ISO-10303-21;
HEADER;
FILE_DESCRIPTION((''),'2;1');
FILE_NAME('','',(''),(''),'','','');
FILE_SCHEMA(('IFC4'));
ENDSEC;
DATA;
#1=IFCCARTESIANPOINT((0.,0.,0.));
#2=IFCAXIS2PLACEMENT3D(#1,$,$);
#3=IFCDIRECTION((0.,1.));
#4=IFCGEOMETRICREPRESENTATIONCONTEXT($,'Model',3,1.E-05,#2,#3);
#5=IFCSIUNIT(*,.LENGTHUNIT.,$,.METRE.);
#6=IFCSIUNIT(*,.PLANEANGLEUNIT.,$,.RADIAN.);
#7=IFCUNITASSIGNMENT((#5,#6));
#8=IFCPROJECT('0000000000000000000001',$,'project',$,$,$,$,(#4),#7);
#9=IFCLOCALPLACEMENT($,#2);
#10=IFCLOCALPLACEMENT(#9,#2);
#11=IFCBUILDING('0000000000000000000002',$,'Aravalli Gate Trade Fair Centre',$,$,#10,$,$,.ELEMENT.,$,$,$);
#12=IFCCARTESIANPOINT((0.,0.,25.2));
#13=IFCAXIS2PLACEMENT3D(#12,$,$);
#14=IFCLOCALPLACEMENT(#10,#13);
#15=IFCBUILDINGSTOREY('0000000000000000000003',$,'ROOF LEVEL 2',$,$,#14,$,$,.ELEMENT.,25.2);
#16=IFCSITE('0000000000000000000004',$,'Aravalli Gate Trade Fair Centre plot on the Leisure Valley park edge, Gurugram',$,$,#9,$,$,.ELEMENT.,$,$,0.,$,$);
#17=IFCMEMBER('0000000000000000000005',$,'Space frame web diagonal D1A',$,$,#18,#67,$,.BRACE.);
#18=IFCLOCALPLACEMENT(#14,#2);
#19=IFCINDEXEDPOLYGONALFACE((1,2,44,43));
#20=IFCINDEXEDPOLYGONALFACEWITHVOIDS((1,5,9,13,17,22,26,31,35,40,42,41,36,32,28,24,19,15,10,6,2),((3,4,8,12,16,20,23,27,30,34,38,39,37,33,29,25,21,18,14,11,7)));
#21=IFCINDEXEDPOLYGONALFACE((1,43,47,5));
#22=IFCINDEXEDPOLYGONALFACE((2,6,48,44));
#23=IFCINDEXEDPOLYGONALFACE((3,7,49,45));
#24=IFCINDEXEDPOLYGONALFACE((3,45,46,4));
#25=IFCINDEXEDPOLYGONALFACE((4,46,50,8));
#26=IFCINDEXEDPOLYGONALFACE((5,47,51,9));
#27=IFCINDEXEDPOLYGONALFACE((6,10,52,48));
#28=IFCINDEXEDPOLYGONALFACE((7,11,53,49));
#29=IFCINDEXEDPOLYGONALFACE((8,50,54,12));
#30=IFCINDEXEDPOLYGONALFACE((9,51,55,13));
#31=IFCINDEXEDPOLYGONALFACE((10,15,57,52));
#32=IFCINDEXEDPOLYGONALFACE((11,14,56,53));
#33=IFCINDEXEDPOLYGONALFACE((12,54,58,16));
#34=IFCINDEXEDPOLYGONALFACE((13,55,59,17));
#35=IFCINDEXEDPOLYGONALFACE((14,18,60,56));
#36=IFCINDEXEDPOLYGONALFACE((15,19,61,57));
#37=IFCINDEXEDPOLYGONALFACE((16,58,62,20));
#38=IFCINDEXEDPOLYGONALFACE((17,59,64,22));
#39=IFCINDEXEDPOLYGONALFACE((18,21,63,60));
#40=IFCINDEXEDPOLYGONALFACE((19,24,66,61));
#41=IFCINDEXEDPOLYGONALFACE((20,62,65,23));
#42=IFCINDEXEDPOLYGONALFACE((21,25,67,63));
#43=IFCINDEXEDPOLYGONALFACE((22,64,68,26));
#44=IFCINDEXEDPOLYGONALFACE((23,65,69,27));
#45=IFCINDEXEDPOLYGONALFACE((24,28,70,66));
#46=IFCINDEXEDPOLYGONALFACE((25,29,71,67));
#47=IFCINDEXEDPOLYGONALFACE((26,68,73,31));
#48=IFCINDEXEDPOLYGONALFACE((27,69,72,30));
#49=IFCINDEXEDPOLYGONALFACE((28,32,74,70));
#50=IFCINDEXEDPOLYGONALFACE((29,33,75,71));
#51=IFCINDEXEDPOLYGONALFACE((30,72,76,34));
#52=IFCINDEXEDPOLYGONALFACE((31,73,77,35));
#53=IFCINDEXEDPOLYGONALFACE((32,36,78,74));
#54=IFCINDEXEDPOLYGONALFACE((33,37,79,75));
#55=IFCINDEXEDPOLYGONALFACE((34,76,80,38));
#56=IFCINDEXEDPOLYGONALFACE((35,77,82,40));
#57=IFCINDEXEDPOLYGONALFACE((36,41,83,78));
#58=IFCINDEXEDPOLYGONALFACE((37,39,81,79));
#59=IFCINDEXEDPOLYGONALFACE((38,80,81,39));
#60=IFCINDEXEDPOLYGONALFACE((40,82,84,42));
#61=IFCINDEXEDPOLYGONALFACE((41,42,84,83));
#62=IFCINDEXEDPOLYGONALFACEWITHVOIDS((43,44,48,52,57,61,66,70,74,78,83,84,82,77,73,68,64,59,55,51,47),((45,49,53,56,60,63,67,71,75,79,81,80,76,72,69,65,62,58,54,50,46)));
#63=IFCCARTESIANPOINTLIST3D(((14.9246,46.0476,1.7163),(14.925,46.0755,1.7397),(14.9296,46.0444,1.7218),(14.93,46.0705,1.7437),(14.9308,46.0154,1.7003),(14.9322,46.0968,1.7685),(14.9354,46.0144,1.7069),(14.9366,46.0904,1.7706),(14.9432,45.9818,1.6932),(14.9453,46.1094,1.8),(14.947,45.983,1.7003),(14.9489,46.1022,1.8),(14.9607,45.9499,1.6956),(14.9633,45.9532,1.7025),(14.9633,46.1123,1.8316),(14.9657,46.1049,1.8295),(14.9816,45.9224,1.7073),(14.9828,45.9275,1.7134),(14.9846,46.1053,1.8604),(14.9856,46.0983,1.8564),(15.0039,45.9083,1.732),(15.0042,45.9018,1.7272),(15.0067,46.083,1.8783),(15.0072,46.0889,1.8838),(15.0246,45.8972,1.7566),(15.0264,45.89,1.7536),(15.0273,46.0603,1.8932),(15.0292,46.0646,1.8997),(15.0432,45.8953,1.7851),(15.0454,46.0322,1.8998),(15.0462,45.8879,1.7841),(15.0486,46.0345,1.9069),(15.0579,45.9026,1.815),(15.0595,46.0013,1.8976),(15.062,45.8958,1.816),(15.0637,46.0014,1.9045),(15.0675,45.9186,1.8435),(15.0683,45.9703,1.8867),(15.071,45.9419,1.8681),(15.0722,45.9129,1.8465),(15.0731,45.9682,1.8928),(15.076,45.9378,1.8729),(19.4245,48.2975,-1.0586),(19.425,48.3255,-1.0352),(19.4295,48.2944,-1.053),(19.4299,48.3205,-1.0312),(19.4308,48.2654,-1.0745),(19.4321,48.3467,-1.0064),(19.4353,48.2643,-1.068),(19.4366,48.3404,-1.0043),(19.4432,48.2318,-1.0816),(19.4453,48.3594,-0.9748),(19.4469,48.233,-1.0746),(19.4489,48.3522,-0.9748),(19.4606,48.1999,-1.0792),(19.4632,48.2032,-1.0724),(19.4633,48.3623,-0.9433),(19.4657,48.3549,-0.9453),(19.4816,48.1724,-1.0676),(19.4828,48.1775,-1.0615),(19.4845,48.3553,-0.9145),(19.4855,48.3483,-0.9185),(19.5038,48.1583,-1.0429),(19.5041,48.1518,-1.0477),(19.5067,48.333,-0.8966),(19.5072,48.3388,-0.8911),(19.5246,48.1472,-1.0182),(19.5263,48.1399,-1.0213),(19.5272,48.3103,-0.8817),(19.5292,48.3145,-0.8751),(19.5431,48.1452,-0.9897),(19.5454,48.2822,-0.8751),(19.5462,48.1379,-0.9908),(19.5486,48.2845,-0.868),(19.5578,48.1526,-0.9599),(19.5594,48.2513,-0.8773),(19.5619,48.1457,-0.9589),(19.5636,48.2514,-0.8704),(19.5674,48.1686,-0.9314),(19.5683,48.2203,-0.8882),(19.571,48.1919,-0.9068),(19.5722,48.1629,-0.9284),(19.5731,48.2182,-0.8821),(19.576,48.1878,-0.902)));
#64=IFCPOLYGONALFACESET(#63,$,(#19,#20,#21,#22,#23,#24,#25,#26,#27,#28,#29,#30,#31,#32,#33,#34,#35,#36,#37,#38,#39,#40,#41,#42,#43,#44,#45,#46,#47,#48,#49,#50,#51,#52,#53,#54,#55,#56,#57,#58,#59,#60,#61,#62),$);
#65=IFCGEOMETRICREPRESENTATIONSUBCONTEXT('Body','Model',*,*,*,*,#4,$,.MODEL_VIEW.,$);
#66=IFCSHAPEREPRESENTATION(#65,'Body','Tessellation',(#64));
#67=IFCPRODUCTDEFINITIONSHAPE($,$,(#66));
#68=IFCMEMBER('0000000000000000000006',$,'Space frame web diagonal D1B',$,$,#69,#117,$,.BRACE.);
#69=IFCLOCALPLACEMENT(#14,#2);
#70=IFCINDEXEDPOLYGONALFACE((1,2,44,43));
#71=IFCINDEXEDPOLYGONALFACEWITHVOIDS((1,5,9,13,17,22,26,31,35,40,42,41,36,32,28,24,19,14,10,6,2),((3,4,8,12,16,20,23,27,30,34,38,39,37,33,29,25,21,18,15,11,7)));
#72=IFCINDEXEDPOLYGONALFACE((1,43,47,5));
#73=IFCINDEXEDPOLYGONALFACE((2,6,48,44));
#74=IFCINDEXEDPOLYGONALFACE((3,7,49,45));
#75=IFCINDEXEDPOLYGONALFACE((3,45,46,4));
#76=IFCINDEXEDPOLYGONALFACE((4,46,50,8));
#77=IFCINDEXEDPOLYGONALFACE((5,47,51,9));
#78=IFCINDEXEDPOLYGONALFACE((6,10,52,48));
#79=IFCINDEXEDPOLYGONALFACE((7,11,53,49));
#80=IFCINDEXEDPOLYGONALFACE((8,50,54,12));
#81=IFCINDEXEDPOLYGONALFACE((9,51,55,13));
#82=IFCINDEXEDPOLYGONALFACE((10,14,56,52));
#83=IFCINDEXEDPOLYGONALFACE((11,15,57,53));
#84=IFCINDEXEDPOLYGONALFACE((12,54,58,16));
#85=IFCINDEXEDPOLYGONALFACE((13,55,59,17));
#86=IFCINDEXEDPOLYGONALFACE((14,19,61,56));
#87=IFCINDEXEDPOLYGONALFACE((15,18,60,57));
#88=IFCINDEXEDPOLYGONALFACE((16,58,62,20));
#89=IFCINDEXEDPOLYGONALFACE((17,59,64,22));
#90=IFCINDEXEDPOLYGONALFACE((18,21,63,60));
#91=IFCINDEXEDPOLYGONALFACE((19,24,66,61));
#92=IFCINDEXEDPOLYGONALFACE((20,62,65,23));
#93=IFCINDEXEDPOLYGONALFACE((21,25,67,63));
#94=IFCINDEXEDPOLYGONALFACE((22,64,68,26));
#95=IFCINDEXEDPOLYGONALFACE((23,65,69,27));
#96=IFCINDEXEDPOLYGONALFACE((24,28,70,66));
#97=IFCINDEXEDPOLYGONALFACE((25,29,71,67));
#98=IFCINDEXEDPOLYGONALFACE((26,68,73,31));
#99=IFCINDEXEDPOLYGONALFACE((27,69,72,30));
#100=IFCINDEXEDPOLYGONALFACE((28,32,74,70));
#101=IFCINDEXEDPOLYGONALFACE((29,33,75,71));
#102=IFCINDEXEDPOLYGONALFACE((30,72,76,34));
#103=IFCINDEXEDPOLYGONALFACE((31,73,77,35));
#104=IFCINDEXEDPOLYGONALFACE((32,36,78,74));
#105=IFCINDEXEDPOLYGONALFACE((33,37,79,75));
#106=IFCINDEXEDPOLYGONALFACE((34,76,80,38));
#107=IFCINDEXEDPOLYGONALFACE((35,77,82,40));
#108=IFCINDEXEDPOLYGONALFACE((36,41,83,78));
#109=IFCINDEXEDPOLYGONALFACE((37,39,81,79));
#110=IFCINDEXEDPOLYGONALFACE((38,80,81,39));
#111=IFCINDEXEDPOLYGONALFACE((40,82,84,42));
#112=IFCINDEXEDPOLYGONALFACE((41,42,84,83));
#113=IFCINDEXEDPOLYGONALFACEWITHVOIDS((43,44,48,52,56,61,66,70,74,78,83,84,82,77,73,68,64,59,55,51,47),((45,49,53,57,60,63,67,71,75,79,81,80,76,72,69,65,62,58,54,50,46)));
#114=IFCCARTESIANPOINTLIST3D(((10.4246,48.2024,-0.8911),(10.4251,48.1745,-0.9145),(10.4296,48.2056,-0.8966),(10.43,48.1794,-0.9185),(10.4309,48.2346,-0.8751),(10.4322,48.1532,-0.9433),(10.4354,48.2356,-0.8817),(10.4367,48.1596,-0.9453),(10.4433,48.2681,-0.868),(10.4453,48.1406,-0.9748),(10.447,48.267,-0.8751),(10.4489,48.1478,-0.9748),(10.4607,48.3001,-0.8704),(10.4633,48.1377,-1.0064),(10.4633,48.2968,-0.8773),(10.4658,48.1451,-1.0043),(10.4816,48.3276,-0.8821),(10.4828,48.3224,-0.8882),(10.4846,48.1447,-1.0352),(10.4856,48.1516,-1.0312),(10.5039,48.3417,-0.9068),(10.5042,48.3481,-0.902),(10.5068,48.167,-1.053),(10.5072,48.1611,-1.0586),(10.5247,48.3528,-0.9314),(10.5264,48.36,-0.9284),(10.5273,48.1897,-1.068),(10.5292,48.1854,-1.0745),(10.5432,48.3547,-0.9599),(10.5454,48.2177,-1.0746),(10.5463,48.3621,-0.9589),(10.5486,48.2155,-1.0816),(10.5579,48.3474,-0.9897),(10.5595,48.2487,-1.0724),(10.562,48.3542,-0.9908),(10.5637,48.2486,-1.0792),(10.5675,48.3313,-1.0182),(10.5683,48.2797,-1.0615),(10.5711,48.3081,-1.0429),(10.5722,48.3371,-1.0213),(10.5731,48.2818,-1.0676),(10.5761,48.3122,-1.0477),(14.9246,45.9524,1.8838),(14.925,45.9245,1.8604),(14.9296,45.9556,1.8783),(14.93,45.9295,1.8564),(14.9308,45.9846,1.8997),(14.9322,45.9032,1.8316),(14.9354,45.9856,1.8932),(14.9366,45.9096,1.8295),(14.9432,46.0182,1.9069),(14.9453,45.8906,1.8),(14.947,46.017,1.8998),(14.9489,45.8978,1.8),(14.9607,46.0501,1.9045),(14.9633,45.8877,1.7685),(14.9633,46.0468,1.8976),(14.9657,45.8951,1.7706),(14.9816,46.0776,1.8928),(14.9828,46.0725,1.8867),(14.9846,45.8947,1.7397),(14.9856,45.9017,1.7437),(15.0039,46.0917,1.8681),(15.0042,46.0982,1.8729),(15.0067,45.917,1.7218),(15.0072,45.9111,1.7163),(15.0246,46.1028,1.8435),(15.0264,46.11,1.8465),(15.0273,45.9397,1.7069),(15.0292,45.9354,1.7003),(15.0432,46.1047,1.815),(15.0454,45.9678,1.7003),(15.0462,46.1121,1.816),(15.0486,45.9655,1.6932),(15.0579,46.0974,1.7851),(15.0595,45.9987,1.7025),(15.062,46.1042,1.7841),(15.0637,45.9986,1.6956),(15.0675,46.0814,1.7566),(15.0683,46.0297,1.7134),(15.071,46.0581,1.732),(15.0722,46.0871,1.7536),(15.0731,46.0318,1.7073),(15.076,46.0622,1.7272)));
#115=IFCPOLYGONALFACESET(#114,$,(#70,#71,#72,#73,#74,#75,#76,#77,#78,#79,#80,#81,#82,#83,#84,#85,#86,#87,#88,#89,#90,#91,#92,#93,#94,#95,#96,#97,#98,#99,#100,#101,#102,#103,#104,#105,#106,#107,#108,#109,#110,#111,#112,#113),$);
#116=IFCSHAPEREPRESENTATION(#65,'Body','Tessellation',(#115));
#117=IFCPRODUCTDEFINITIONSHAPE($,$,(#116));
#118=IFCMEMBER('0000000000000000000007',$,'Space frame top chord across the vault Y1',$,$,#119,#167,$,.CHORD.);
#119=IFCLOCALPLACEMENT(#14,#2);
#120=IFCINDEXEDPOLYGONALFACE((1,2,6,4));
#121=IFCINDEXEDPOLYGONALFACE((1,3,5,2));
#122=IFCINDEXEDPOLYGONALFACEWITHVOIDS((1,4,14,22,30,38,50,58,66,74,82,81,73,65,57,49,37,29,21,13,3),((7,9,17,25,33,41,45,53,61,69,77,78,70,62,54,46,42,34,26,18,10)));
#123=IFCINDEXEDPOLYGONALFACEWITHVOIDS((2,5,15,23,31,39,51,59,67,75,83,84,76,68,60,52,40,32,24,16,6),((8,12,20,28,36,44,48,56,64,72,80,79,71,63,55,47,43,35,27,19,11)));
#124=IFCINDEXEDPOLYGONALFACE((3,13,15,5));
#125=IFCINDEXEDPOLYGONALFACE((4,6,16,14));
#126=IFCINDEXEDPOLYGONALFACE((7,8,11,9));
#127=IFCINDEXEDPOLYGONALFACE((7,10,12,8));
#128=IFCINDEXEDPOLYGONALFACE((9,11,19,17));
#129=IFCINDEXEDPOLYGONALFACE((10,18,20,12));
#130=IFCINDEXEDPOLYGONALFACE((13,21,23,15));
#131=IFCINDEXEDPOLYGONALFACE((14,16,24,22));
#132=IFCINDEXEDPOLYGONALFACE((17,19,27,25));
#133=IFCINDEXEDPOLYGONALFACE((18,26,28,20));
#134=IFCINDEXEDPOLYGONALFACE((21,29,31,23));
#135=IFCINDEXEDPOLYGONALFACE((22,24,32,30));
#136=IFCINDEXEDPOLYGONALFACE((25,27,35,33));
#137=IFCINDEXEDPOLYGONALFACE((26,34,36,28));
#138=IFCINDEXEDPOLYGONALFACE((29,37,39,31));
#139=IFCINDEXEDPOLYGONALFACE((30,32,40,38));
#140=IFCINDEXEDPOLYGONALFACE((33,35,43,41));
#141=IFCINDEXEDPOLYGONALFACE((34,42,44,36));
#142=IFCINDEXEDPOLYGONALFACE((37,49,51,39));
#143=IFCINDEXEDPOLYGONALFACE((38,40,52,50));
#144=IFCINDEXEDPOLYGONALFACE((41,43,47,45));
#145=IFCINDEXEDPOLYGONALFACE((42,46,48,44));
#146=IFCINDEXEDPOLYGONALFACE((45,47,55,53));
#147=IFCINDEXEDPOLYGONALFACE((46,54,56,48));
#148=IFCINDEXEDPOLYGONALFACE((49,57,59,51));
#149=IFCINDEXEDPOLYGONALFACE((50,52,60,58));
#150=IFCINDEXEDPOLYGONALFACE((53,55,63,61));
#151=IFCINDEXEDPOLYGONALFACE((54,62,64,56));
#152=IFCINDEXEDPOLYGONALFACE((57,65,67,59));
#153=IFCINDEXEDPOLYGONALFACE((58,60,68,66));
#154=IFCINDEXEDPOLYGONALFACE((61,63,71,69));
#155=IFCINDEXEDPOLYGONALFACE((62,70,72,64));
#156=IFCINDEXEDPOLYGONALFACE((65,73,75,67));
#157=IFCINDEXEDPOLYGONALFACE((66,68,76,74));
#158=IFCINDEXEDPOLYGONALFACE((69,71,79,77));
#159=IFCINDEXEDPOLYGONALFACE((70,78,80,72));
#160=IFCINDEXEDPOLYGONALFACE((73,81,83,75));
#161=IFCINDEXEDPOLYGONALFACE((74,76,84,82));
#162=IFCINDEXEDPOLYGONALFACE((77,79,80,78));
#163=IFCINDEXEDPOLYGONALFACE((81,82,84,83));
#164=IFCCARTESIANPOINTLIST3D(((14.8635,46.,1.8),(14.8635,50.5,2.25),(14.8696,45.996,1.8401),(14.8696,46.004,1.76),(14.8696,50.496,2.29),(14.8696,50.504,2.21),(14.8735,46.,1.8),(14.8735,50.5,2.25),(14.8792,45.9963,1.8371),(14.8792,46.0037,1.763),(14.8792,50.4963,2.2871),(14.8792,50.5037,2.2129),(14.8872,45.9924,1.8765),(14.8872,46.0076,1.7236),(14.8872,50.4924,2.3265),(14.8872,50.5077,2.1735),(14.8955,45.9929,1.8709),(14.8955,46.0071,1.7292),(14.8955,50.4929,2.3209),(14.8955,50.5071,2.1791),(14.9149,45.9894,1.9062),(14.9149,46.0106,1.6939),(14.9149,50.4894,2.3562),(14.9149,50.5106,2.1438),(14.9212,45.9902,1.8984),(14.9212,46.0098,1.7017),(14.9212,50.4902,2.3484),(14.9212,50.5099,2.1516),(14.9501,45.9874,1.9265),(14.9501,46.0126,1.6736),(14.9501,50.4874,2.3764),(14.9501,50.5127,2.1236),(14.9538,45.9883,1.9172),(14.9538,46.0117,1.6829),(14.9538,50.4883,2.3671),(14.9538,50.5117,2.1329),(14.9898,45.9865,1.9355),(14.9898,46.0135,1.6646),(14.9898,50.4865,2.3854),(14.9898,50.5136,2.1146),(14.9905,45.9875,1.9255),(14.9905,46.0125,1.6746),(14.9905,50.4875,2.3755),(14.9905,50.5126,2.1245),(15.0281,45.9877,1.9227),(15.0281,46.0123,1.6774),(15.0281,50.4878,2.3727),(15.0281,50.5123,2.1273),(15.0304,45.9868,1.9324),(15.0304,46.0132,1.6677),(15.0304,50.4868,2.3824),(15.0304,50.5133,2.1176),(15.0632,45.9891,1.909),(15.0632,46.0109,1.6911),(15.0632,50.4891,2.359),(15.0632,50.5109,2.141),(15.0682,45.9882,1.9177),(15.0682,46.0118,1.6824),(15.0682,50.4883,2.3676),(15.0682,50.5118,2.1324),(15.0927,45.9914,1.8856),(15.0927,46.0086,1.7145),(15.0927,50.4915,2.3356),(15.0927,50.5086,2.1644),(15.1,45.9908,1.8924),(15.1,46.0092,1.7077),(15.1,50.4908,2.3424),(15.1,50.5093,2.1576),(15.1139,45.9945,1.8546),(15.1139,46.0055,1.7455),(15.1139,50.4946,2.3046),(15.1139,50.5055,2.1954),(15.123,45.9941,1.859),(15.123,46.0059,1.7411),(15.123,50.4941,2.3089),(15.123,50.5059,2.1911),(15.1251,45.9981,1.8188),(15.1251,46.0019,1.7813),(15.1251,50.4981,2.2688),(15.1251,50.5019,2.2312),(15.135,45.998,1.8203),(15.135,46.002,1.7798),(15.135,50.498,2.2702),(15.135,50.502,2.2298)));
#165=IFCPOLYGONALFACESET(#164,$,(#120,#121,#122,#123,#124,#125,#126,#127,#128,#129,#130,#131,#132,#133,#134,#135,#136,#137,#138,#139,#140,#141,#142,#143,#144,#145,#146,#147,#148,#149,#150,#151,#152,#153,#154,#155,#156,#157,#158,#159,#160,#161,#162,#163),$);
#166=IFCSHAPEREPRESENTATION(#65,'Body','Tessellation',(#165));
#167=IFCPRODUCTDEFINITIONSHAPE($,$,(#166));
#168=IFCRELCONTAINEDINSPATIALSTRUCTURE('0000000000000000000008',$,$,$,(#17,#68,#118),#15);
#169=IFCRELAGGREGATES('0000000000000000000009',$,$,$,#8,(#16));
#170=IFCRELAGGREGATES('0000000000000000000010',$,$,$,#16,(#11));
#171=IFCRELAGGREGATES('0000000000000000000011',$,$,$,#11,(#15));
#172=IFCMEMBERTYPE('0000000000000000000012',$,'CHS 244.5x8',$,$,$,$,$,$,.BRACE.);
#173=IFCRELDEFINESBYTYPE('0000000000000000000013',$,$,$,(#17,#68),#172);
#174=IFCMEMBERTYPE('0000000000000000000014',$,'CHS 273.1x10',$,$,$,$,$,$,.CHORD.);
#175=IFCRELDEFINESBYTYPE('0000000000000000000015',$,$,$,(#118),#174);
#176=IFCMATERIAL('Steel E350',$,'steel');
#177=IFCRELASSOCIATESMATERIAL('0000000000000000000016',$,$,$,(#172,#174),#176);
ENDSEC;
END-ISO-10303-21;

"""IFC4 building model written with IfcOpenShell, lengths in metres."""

from ifc_helpers import new_model, si_unit, direction, frame, origin, origin_2d, place, context, subcontext, project, spatial, hollow_circle, extrude, material, material_profile, profile_set, type_object, element, save


model = new_model("IFC4")

# Units and contexts
model_context = context("Model", 3, precision=1e-05, world=origin(), true_north=direction((0.0, 1.0)))
body_context = subcontext(model_context, "Body", "Model", "MODEL_VIEW")
ifc_project = project(units=[si_unit("LENGTHUNIT", "METRE"), si_unit("PLANEANGLEUNIT", "RADIAN")], contexts=[model_context])

# Site, building, storey
site_placement = place(None, origin())
site = spatial("IfcSite", under=ifc_project, at=site_placement, Name="Aravalli Gate Trade Fair Centre plot on the Leisure Valley park edge, Gurugram", CompositionType="ELEMENT", RefElevation=0.0)
building_placement = place(site_placement, origin())
building = spatial("IfcBuilding", under=site, at=building_placement, Name="Aravalli Gate Trade Fair Centre", CompositionType="ELEMENT")
storey_placement = place(building_placement, frame((0.0, 0.0, 25.2)))
storey = spatial("IfcBuildingStorey", under=building, at=storey_placement, Name="ROOF LEVEL 2", CompositionType="ELEMENT", Elevation=25.2)

# Members
ifc_material_1 = material(Name="Steel E350", Category="steel")
ifc_material_profile_1 = material_profile(ifc_material_1, hollow_circle(Radius=0.1223, WallThickness=0.0081, at=origin_2d()), Name="CHS 244.5x8")
ifc_profile_set_1 = profile_set([ifc_material_profile_1], Name="Steel E350")
member_type_1 = type_object("IfcMemberType", Name="CHS 244.5x8", PredefinedType="BRACE", material=ifc_profile_set_1)
for number, where, z_axis, x_axis, name in (
    (1, (15.0, 46.0, 1.8), (0.7832, 0.3916, -0.482956), (-0.447214, 0.894427, 0.0), "Space frame web diagonal D1A"),
    (2, (15.0, 46.0, 1.8), (-0.7832, 0.3916, -0.482956), (-0.447214, -0.894427, 0.0), "Space frame web diagonal D1B"),
):
    element("IfcMember", number, at=place(storey_placement, frame(where, z_axis=z_axis, x_axis=x_axis)), inside=storey, type_object=member_type_1, Name=name, PredefinedType="BRACE", context=body_context, shape_type="SweptSolid", body=[
        extrude(hollow_circle(Radius=0.1223, WallThickness=0.0081, at=origin_2d()), origin(), (0.0, 0.0, 1.0), 5.7456),
    ])
ifc_material_profile_2 = material_profile(ifc_material_1, hollow_circle(Radius=0.1365, WallThickness=0.01, at=origin_2d()), Name="CHS 273.1x10")
ifc_profile_set_2 = profile_set([ifc_material_profile_2], Name="Steel E350")
member_type_2 = type_object("IfcMemberType", Name="CHS 273.1x10", PredefinedType="CHORD", material=ifc_profile_set_2)
member_1_placement = place(storey_placement, frame((15.0, 46.0, 1.8), z_axis=(0.0, 0.995038, 0.099493), x_axis=(-1.0, 0.0, 0.0)))
element("IfcMember", 3, at=member_1_placement, inside=storey, type_object=member_type_2, Name="Space frame top chord across the vault Y1", PredefinedType="CHORD", context=body_context, shape_type="SweptSolid", body=[
    extrude(hollow_circle(Radius=0.1365, WallThickness=0.01, at=origin_2d()), origin(), (0.0, 0.0, 1.0), 4.5225),
])

save(model, "model.ifc")
